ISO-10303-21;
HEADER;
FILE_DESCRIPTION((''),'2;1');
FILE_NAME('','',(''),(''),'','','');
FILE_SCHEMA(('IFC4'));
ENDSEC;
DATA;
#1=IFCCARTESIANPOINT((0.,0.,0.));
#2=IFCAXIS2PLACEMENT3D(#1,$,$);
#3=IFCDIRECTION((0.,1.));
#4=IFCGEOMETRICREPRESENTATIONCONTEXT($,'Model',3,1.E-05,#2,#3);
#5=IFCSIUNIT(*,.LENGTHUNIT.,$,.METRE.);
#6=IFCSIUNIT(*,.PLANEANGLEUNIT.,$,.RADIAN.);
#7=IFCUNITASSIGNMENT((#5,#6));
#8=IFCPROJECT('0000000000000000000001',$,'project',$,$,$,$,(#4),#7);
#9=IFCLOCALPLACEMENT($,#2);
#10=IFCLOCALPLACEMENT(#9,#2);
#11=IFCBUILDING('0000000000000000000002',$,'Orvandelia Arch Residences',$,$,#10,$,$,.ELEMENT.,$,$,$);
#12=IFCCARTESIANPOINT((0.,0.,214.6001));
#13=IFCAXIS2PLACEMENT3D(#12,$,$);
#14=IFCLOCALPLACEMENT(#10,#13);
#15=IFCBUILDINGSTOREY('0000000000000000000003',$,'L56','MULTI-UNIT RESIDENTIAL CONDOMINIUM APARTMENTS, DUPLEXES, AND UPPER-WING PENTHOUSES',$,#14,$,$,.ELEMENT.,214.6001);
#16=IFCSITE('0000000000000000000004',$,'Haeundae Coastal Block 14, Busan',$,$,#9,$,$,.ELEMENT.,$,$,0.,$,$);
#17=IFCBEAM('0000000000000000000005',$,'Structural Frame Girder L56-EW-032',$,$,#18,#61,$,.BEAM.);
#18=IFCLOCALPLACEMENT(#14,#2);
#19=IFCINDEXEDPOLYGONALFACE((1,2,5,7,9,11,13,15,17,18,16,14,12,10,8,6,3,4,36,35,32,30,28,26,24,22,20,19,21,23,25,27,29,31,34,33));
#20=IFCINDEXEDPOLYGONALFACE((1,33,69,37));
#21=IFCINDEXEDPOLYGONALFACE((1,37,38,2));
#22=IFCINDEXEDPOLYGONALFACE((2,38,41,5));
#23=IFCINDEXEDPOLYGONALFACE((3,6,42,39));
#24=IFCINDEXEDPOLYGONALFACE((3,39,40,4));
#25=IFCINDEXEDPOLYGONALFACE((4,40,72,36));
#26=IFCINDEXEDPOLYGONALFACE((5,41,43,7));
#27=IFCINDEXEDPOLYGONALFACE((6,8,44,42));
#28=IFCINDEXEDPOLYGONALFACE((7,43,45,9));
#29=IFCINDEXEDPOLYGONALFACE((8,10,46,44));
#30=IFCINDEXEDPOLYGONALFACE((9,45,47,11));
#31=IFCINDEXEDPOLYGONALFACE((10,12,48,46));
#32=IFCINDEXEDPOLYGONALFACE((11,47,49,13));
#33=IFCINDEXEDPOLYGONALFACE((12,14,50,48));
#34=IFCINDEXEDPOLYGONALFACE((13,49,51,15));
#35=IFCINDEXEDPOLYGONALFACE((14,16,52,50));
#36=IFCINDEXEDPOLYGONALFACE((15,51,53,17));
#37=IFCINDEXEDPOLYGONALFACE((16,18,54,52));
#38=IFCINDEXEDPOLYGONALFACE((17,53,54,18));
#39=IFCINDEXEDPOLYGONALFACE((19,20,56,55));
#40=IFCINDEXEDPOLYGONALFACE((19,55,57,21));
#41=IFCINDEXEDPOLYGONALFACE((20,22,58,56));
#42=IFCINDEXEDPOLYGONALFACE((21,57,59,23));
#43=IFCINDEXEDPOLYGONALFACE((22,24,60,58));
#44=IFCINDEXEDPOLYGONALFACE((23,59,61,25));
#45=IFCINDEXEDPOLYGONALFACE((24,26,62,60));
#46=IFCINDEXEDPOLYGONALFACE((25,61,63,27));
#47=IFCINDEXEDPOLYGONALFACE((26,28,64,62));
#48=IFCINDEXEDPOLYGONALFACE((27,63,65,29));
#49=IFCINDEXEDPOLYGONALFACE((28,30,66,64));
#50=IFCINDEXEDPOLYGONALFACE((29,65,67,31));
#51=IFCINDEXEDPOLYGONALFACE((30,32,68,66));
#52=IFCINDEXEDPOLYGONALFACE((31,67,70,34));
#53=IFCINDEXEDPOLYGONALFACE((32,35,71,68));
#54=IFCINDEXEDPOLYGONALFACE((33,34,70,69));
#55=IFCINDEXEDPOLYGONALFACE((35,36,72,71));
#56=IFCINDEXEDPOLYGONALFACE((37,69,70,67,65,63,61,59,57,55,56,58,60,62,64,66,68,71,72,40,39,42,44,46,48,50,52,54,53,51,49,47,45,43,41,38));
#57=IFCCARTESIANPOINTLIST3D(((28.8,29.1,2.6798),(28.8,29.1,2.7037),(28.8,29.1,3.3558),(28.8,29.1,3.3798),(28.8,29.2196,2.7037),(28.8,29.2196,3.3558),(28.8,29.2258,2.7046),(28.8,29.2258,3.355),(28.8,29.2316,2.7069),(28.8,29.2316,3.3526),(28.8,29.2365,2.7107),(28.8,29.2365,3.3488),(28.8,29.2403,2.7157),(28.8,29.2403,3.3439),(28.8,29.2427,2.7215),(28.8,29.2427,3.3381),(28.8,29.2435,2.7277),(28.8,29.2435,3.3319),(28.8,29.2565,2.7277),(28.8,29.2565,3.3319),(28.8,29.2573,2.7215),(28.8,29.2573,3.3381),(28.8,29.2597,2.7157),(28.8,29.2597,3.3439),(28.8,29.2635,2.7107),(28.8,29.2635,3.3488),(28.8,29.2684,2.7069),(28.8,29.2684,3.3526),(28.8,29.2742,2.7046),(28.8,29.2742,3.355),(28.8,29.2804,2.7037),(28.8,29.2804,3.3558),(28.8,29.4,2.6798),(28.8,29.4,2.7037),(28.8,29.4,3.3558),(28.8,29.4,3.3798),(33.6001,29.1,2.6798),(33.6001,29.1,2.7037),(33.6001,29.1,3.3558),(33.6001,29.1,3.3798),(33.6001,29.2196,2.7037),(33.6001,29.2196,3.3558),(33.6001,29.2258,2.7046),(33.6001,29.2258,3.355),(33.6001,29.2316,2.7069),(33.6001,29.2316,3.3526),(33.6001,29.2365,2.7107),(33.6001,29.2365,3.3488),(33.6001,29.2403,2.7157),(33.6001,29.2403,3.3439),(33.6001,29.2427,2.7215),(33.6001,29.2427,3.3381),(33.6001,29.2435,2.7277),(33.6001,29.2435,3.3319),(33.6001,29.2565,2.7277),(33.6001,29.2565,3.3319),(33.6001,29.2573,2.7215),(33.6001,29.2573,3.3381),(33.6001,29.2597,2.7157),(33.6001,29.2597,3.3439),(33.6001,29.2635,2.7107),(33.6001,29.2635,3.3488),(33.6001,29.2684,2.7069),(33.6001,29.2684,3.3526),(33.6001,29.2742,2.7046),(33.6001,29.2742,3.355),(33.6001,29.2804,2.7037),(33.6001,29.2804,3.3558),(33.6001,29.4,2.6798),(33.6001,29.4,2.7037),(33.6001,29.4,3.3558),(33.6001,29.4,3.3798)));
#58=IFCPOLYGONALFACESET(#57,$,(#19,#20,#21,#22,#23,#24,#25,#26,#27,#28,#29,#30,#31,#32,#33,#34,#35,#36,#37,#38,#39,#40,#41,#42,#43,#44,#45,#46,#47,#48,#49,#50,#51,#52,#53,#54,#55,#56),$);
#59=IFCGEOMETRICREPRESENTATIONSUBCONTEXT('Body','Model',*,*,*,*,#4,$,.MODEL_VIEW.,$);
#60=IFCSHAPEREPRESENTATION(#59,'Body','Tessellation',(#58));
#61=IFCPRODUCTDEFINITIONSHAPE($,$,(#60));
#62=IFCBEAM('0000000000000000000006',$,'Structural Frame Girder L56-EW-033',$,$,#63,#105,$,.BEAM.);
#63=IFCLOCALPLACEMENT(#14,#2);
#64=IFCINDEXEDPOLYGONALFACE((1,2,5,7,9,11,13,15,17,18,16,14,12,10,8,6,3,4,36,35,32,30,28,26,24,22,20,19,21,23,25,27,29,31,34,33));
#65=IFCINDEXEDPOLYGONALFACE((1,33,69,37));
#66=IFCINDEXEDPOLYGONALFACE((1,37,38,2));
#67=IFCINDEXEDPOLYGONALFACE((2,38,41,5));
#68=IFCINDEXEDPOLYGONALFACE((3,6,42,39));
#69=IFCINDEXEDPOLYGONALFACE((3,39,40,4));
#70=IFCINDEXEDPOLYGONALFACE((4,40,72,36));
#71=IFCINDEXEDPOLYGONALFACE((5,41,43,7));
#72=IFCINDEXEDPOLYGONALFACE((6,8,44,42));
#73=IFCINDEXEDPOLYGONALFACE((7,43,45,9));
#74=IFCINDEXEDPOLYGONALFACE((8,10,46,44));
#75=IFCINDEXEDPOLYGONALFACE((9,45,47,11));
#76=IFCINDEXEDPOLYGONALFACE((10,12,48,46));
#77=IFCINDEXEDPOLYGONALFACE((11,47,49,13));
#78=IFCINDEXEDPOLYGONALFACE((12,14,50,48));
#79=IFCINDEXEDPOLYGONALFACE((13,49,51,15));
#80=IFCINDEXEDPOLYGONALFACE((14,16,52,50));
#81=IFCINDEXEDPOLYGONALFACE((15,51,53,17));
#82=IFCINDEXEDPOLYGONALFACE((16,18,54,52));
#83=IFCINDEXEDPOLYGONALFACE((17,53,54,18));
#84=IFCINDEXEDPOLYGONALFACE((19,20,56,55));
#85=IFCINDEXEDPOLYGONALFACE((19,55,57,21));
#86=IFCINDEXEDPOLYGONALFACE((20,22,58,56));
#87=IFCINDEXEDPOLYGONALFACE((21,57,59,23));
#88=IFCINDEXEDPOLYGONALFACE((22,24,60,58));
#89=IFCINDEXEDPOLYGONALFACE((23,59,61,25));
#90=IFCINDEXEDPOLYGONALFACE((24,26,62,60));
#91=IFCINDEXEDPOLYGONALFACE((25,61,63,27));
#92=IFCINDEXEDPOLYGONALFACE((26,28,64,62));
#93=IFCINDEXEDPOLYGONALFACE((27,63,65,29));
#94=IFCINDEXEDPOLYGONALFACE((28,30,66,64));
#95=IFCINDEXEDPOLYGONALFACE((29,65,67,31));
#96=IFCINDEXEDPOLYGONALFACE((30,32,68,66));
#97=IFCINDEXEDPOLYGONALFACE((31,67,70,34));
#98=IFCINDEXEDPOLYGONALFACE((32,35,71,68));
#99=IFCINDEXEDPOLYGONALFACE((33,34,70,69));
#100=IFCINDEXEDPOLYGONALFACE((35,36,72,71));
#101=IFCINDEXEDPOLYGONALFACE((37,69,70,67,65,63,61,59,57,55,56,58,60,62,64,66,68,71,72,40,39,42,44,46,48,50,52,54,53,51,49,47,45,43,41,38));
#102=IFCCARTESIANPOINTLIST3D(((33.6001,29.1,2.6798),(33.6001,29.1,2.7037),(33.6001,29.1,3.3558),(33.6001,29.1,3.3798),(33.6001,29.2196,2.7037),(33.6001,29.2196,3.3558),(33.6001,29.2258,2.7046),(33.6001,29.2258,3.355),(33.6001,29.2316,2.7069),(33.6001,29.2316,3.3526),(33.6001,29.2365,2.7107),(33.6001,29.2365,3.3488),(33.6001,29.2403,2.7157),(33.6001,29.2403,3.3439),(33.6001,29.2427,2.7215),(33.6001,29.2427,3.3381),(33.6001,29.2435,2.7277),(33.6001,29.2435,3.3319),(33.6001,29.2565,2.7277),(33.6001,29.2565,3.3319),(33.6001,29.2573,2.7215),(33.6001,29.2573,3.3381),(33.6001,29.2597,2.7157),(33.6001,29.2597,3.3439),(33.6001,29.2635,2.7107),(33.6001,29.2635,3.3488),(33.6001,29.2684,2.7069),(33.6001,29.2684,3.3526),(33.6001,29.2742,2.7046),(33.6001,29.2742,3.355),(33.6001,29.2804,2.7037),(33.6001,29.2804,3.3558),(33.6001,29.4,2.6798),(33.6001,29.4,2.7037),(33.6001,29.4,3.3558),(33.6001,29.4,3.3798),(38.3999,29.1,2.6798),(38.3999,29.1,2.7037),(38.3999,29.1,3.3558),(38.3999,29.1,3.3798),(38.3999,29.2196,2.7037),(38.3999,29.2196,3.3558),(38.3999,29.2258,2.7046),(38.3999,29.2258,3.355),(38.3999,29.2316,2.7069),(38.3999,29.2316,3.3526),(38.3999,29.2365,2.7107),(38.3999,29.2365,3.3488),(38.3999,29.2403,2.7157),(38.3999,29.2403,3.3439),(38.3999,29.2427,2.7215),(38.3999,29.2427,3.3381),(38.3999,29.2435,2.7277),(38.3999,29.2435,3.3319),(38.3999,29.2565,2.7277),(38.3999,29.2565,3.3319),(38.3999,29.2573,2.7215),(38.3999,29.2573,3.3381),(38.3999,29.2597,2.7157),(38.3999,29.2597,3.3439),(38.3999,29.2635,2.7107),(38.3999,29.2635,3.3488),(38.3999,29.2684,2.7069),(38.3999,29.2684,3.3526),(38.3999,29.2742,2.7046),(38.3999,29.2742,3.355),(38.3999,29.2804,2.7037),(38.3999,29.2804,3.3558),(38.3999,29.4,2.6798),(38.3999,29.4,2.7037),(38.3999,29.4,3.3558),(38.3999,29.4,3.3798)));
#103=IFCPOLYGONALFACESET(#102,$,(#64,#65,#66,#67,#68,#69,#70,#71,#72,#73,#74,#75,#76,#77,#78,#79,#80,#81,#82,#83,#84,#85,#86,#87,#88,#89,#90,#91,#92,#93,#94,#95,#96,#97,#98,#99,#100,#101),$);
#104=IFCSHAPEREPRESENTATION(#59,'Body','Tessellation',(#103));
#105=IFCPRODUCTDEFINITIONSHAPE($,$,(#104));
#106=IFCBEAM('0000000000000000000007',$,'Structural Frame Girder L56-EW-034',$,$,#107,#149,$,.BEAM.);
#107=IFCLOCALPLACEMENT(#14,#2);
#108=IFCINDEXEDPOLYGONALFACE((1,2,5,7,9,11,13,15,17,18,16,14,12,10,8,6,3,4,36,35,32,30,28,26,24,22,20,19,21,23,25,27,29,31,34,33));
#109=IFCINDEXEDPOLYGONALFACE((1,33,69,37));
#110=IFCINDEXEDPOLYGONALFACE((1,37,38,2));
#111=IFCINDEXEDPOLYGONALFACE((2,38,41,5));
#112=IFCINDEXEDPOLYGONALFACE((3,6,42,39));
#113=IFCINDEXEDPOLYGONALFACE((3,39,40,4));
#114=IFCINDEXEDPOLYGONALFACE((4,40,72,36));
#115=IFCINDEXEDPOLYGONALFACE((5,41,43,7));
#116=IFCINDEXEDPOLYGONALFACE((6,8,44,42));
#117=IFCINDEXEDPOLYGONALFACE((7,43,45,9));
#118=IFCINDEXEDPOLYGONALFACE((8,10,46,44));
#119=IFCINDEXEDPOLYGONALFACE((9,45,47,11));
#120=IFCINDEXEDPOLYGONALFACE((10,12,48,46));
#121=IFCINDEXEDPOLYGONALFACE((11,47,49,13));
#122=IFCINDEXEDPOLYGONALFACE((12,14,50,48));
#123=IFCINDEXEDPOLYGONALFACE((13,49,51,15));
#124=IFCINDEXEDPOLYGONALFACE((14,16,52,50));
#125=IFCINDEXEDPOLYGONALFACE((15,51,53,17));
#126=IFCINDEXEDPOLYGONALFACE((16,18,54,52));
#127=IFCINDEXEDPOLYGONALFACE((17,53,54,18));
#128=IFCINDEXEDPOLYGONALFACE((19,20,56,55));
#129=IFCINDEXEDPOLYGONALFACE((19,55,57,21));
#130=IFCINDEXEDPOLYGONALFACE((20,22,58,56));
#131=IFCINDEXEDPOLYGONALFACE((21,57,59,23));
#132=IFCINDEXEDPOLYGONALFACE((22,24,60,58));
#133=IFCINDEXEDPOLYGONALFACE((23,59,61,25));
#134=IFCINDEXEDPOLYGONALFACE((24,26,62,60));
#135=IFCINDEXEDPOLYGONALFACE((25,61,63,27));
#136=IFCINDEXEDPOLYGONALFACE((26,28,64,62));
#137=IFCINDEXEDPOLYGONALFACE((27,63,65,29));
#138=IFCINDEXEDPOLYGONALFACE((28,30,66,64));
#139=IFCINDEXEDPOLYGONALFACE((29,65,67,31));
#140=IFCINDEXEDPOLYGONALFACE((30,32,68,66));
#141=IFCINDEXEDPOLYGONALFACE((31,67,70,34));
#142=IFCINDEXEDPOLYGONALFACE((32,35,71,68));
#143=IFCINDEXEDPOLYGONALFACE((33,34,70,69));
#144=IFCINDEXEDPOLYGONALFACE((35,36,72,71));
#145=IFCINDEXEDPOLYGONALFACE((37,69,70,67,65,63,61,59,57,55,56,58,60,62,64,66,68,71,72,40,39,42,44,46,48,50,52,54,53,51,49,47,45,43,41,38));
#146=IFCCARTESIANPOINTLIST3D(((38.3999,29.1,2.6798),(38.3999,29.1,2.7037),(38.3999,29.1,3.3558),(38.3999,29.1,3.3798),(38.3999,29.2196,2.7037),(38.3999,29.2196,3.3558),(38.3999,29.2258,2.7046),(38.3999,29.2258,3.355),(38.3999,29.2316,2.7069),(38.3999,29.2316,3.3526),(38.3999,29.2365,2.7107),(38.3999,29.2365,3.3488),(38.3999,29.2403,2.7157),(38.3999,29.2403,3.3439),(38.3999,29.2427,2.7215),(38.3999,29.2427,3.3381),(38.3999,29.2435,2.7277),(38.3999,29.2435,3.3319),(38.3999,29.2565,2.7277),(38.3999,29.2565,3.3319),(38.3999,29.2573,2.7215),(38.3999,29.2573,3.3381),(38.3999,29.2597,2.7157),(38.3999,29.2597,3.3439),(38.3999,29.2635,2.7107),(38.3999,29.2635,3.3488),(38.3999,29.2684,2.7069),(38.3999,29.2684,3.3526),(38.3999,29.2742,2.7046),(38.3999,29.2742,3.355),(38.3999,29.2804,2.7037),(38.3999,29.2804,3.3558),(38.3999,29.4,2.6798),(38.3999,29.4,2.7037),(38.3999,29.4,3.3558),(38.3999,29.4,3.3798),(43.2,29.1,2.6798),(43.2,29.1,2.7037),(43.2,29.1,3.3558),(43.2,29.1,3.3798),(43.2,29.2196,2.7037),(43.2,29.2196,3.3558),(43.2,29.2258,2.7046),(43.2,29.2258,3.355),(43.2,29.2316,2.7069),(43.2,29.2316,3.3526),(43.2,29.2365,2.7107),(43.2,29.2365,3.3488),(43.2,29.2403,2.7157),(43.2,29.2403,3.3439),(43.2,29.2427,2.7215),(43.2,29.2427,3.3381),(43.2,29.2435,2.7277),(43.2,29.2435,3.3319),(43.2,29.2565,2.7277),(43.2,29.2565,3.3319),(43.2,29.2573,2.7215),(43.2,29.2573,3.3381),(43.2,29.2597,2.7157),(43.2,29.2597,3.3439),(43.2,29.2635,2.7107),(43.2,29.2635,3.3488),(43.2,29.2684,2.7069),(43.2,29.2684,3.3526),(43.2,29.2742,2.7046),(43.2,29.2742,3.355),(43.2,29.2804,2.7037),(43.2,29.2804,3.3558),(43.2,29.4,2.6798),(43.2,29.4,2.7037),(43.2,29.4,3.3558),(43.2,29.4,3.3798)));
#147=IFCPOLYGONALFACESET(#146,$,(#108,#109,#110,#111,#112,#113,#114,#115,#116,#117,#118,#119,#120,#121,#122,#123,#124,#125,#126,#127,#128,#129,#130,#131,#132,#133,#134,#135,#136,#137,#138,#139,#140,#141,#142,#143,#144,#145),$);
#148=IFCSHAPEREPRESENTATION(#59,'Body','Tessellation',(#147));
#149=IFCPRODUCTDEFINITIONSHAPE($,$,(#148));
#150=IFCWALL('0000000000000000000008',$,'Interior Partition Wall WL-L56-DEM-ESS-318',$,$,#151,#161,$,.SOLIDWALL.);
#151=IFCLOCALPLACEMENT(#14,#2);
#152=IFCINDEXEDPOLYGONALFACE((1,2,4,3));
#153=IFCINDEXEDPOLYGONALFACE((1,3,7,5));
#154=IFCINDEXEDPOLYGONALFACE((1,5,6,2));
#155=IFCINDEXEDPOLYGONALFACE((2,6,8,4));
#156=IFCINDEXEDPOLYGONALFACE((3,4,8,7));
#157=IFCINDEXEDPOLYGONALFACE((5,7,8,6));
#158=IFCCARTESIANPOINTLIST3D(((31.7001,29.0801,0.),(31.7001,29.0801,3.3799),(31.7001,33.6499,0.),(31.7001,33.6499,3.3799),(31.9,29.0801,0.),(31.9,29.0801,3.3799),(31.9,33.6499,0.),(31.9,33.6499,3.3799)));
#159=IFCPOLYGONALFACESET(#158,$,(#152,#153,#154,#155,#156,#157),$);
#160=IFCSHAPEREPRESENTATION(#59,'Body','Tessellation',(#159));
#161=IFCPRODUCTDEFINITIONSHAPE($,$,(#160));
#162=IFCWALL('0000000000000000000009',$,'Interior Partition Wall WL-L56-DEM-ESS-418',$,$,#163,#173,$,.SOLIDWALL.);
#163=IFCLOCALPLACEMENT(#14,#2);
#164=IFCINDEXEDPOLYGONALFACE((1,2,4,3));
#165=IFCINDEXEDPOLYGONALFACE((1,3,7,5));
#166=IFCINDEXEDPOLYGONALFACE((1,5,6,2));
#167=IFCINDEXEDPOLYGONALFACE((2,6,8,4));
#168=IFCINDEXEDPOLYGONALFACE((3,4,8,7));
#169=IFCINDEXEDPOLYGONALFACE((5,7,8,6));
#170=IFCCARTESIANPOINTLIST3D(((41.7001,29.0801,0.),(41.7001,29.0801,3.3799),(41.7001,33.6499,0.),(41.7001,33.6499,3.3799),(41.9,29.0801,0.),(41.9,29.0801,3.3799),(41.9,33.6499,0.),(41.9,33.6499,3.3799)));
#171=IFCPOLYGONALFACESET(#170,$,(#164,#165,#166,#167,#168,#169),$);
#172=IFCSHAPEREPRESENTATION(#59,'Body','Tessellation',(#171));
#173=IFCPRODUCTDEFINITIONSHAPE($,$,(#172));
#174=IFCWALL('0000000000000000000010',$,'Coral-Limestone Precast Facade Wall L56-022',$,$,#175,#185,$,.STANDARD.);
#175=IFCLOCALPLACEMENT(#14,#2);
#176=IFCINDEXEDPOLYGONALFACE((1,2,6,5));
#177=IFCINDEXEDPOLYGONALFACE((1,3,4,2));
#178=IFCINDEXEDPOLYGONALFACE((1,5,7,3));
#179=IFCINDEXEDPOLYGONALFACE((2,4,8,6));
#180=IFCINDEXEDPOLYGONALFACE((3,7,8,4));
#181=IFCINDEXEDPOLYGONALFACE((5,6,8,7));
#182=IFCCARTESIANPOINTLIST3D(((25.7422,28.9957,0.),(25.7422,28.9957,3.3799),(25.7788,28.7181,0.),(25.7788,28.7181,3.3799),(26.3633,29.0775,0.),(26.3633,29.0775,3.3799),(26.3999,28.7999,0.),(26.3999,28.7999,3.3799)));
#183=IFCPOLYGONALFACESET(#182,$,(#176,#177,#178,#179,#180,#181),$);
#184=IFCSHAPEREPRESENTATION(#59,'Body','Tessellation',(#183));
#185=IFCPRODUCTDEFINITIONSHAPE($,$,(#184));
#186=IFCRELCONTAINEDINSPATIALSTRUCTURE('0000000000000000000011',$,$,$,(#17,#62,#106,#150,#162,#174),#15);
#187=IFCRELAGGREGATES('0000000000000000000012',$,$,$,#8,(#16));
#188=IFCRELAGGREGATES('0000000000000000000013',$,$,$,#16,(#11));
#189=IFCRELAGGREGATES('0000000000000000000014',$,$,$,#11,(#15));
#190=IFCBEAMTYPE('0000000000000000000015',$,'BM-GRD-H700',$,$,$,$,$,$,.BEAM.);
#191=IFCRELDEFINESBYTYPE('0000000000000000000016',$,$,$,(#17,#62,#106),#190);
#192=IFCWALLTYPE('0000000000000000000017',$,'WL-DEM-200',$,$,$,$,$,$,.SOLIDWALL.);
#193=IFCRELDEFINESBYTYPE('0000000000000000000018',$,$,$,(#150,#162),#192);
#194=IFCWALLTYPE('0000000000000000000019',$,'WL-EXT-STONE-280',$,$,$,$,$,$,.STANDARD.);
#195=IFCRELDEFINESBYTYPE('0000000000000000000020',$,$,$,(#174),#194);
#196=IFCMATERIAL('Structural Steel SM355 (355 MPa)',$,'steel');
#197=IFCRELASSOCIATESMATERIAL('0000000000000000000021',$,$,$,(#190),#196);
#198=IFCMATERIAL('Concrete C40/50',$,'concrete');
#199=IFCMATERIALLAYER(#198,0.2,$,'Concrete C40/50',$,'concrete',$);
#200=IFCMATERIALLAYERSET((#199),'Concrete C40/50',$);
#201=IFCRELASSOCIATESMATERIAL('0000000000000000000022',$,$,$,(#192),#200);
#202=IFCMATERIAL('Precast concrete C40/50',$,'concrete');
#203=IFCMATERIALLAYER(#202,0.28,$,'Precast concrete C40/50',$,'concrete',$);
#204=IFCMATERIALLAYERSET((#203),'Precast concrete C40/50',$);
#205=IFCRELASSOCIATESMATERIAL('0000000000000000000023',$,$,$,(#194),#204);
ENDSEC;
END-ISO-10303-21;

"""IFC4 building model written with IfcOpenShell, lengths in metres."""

from ifc_helpers import new_model, si_unit, direction, frame, frame_2d, origin, origin_2d, place, context, subcontext, project, spatial, rectangle, i_section, extrude, material, layer, layer_set, material_profile, profile_set, type_object, element, save


model = new_model("IFC4")

# Units and contexts
model_context = context("Model", 3, precision=1e-05, world=origin(), true_north=direction((0.0, 1.0)))
body_context = subcontext(model_context, "Body", "Model", "MODEL_VIEW")
ifc_project = project(units=[si_unit("LENGTHUNIT", "METRE"), si_unit("PLANEANGLEUNIT", "RADIAN")], contexts=[model_context])

# Site, building, storey
site_placement = place(None, origin())
site = spatial("IfcSite", under=ifc_project, at=site_placement, Name="Haeundae Coastal Block 14, Busan", CompositionType="ELEMENT", RefElevation=0.0)
building_placement = place(site_placement, origin())
building = spatial("IfcBuilding", under=site, at=building_placement, Name="Orvandelia Arch Residences", CompositionType="ELEMENT")
storey_placement = place(building_placement, frame((0.0, 0.0, 214.6001)))
storey = spatial("IfcBuildingStorey", under=building, at=storey_placement, Name="L56", Description="MULTI-UNIT RESIDENTIAL CONDOMINIUM APARTMENTS, DUPLEXES, AND UPPER-WING PENTHOUSES", CompositionType="ELEMENT", Elevation=214.6001)

# Beams
ifc_material_1 = material(Name="Structural Steel SM355 (355 MPa)", Category="steel")
ifc_material_profile_1 = material_profile(ifc_material_1, i_section(OverallWidth=0.3, OverallDepth=0.7, WebThickness=0.0129, FlangeThickness=0.0239, FilletRadius=0.0239, at=origin_2d()), Name="Structural Steel SM355 (355 MPa)", Category="steel")
ifc_profile_set_1 = profile_set([ifc_material_profile_1], Name="Structural Steel SM355 (355 MPa)")
beam_type = type_object("IfcBeamType", Name="BM-GRD-H700", PredefinedType="BEAM", material=ifc_profile_set_1)
beam_1_placement = place(storey_placement, frame((28.8, 29.25, 3.0298), z_axis=(1.0, 0.0, 0.0), x_axis=(0.0, 1.0, 0.0)))
element("IfcBeam", 1, at=beam_1_placement, inside=storey, type_object=beam_type, Name="Structural Frame Girder L56-EW-032", PredefinedType="BEAM", context=body_context, shape_type="SweptSolid", body=[
    extrude(i_section(OverallWidth=0.3, OverallDepth=0.7, WebThickness=0.0129, FlangeThickness=0.0239, FilletRadius=0.0239, at=origin_2d()), origin(), (0.0, 0.0, 1.0), 4.8),
])
beam_2_placement = place(storey_placement, frame((33.6001, 29.25, 3.0298), z_axis=(1.0, 0.0, 0.0), x_axis=(0.0, 1.0, 0.0)))
element("IfcBeam", 2, at=beam_2_placement, inside=storey, type_object=beam_type, Name="Structural Frame Girder L56-EW-033", PredefinedType="BEAM", context=body_context, shape_type="SweptSolid", body=[
    extrude(i_section(OverallWidth=0.3, OverallDepth=0.7, WebThickness=0.0129, FlangeThickness=0.0239, FilletRadius=0.0239, at=origin_2d()), origin(), (0.0, 0.0, 1.0), 4.7998),
])
beam_3_placement = place(storey_placement, frame((38.3999, 29.25, 3.0298), z_axis=(1.0, 0.0, 0.0), x_axis=(0.0, 1.0, 0.0)))
element("IfcBeam", 3, at=beam_3_placement, inside=storey, type_object=beam_type, Name="Structural Frame Girder L56-EW-034", PredefinedType="BEAM", context=body_context, shape_type="SweptSolid", body=[
    extrude(i_section(OverallWidth=0.3, OverallDepth=0.7, WebThickness=0.0129, FlangeThickness=0.0239, FilletRadius=0.0239, at=origin_2d()), origin(), (0.0, 0.0, 1.0), 4.8),
])

# Walls
ifc_material_2 = material(Name="Concrete C40/50", Category="concrete")
ifc_layer_1 = layer(ifc_material_2, 0.2, Name="Concrete C40/50", Category="concrete")
ifc_layer_set_1 = layer_set([ifc_layer_1], Name="Concrete C40/50")
wall_type_1 = type_object("IfcWallType", Name="WL-DEM-200", PredefinedType="SOLIDWALL", material=ifc_layer_set_1)
for number, where, z_axis, x_axis, name in (
    (4, (31.8, 29.0801, 0.0), (0.0, 0.0, 1.0), (0.0, 1.0, 0.0), "Interior Partition Wall WL-L56-DEM-ESS-318"),
    (5, (41.8, 29.0801, 0.0), (0.0, 0.0, 1.0), (0.0, 1.0, 0.0), "Interior Partition Wall WL-L56-DEM-ESS-418"),
):
    element("IfcWall", number, at=place(storey_placement, frame(where, z_axis=z_axis, x_axis=x_axis)), inside=storey, type_object=wall_type_1, Name=name, PredefinedType="SOLIDWALL", context=body_context, shape_type="SweptSolid", body=[
        extrude(rectangle(XDim=4.5698, YDim=0.2, at=frame_2d((2.2849, 0.0))), origin(), (0.0, 0.0, 1.0), 3.3799),
    ])
ifc_material_3 = material(Name="Precast concrete C40/50", Category="concrete")
ifc_layer_2 = layer(ifc_material_3, 0.28, Name="Precast concrete C40/50", Category="concrete")
ifc_layer_set_2 = layer_set([ifc_layer_2], Name="Precast concrete C40/50")
wall_type_2 = type_object("IfcWallType", Name="WL-EXT-STONE-280", PredefinedType="STANDARD", material=ifc_layer_set_2)
wall_1_placement = place(storey_placement, frame((26.3816, 28.9387, 0.0), z_axis=(0.0, 0.0, 1.0), x_axis=(-0.991441, -0.130555, 0.0)))
element("IfcWall", 6, at=wall_1_placement, inside=storey, type_object=wall_type_2, Name="Coral-Limestone Precast Facade Wall L56-022", PredefinedType="STANDARD", context=body_context, shape_type="SweptSolid", body=[
    extrude(rectangle(XDim=0.6265, YDim=0.28, at=frame_2d((0.3132, 0.0))), origin(), (0.0, 0.0, 1.0), 3.3799),
])

save(model, "model.ifc")
